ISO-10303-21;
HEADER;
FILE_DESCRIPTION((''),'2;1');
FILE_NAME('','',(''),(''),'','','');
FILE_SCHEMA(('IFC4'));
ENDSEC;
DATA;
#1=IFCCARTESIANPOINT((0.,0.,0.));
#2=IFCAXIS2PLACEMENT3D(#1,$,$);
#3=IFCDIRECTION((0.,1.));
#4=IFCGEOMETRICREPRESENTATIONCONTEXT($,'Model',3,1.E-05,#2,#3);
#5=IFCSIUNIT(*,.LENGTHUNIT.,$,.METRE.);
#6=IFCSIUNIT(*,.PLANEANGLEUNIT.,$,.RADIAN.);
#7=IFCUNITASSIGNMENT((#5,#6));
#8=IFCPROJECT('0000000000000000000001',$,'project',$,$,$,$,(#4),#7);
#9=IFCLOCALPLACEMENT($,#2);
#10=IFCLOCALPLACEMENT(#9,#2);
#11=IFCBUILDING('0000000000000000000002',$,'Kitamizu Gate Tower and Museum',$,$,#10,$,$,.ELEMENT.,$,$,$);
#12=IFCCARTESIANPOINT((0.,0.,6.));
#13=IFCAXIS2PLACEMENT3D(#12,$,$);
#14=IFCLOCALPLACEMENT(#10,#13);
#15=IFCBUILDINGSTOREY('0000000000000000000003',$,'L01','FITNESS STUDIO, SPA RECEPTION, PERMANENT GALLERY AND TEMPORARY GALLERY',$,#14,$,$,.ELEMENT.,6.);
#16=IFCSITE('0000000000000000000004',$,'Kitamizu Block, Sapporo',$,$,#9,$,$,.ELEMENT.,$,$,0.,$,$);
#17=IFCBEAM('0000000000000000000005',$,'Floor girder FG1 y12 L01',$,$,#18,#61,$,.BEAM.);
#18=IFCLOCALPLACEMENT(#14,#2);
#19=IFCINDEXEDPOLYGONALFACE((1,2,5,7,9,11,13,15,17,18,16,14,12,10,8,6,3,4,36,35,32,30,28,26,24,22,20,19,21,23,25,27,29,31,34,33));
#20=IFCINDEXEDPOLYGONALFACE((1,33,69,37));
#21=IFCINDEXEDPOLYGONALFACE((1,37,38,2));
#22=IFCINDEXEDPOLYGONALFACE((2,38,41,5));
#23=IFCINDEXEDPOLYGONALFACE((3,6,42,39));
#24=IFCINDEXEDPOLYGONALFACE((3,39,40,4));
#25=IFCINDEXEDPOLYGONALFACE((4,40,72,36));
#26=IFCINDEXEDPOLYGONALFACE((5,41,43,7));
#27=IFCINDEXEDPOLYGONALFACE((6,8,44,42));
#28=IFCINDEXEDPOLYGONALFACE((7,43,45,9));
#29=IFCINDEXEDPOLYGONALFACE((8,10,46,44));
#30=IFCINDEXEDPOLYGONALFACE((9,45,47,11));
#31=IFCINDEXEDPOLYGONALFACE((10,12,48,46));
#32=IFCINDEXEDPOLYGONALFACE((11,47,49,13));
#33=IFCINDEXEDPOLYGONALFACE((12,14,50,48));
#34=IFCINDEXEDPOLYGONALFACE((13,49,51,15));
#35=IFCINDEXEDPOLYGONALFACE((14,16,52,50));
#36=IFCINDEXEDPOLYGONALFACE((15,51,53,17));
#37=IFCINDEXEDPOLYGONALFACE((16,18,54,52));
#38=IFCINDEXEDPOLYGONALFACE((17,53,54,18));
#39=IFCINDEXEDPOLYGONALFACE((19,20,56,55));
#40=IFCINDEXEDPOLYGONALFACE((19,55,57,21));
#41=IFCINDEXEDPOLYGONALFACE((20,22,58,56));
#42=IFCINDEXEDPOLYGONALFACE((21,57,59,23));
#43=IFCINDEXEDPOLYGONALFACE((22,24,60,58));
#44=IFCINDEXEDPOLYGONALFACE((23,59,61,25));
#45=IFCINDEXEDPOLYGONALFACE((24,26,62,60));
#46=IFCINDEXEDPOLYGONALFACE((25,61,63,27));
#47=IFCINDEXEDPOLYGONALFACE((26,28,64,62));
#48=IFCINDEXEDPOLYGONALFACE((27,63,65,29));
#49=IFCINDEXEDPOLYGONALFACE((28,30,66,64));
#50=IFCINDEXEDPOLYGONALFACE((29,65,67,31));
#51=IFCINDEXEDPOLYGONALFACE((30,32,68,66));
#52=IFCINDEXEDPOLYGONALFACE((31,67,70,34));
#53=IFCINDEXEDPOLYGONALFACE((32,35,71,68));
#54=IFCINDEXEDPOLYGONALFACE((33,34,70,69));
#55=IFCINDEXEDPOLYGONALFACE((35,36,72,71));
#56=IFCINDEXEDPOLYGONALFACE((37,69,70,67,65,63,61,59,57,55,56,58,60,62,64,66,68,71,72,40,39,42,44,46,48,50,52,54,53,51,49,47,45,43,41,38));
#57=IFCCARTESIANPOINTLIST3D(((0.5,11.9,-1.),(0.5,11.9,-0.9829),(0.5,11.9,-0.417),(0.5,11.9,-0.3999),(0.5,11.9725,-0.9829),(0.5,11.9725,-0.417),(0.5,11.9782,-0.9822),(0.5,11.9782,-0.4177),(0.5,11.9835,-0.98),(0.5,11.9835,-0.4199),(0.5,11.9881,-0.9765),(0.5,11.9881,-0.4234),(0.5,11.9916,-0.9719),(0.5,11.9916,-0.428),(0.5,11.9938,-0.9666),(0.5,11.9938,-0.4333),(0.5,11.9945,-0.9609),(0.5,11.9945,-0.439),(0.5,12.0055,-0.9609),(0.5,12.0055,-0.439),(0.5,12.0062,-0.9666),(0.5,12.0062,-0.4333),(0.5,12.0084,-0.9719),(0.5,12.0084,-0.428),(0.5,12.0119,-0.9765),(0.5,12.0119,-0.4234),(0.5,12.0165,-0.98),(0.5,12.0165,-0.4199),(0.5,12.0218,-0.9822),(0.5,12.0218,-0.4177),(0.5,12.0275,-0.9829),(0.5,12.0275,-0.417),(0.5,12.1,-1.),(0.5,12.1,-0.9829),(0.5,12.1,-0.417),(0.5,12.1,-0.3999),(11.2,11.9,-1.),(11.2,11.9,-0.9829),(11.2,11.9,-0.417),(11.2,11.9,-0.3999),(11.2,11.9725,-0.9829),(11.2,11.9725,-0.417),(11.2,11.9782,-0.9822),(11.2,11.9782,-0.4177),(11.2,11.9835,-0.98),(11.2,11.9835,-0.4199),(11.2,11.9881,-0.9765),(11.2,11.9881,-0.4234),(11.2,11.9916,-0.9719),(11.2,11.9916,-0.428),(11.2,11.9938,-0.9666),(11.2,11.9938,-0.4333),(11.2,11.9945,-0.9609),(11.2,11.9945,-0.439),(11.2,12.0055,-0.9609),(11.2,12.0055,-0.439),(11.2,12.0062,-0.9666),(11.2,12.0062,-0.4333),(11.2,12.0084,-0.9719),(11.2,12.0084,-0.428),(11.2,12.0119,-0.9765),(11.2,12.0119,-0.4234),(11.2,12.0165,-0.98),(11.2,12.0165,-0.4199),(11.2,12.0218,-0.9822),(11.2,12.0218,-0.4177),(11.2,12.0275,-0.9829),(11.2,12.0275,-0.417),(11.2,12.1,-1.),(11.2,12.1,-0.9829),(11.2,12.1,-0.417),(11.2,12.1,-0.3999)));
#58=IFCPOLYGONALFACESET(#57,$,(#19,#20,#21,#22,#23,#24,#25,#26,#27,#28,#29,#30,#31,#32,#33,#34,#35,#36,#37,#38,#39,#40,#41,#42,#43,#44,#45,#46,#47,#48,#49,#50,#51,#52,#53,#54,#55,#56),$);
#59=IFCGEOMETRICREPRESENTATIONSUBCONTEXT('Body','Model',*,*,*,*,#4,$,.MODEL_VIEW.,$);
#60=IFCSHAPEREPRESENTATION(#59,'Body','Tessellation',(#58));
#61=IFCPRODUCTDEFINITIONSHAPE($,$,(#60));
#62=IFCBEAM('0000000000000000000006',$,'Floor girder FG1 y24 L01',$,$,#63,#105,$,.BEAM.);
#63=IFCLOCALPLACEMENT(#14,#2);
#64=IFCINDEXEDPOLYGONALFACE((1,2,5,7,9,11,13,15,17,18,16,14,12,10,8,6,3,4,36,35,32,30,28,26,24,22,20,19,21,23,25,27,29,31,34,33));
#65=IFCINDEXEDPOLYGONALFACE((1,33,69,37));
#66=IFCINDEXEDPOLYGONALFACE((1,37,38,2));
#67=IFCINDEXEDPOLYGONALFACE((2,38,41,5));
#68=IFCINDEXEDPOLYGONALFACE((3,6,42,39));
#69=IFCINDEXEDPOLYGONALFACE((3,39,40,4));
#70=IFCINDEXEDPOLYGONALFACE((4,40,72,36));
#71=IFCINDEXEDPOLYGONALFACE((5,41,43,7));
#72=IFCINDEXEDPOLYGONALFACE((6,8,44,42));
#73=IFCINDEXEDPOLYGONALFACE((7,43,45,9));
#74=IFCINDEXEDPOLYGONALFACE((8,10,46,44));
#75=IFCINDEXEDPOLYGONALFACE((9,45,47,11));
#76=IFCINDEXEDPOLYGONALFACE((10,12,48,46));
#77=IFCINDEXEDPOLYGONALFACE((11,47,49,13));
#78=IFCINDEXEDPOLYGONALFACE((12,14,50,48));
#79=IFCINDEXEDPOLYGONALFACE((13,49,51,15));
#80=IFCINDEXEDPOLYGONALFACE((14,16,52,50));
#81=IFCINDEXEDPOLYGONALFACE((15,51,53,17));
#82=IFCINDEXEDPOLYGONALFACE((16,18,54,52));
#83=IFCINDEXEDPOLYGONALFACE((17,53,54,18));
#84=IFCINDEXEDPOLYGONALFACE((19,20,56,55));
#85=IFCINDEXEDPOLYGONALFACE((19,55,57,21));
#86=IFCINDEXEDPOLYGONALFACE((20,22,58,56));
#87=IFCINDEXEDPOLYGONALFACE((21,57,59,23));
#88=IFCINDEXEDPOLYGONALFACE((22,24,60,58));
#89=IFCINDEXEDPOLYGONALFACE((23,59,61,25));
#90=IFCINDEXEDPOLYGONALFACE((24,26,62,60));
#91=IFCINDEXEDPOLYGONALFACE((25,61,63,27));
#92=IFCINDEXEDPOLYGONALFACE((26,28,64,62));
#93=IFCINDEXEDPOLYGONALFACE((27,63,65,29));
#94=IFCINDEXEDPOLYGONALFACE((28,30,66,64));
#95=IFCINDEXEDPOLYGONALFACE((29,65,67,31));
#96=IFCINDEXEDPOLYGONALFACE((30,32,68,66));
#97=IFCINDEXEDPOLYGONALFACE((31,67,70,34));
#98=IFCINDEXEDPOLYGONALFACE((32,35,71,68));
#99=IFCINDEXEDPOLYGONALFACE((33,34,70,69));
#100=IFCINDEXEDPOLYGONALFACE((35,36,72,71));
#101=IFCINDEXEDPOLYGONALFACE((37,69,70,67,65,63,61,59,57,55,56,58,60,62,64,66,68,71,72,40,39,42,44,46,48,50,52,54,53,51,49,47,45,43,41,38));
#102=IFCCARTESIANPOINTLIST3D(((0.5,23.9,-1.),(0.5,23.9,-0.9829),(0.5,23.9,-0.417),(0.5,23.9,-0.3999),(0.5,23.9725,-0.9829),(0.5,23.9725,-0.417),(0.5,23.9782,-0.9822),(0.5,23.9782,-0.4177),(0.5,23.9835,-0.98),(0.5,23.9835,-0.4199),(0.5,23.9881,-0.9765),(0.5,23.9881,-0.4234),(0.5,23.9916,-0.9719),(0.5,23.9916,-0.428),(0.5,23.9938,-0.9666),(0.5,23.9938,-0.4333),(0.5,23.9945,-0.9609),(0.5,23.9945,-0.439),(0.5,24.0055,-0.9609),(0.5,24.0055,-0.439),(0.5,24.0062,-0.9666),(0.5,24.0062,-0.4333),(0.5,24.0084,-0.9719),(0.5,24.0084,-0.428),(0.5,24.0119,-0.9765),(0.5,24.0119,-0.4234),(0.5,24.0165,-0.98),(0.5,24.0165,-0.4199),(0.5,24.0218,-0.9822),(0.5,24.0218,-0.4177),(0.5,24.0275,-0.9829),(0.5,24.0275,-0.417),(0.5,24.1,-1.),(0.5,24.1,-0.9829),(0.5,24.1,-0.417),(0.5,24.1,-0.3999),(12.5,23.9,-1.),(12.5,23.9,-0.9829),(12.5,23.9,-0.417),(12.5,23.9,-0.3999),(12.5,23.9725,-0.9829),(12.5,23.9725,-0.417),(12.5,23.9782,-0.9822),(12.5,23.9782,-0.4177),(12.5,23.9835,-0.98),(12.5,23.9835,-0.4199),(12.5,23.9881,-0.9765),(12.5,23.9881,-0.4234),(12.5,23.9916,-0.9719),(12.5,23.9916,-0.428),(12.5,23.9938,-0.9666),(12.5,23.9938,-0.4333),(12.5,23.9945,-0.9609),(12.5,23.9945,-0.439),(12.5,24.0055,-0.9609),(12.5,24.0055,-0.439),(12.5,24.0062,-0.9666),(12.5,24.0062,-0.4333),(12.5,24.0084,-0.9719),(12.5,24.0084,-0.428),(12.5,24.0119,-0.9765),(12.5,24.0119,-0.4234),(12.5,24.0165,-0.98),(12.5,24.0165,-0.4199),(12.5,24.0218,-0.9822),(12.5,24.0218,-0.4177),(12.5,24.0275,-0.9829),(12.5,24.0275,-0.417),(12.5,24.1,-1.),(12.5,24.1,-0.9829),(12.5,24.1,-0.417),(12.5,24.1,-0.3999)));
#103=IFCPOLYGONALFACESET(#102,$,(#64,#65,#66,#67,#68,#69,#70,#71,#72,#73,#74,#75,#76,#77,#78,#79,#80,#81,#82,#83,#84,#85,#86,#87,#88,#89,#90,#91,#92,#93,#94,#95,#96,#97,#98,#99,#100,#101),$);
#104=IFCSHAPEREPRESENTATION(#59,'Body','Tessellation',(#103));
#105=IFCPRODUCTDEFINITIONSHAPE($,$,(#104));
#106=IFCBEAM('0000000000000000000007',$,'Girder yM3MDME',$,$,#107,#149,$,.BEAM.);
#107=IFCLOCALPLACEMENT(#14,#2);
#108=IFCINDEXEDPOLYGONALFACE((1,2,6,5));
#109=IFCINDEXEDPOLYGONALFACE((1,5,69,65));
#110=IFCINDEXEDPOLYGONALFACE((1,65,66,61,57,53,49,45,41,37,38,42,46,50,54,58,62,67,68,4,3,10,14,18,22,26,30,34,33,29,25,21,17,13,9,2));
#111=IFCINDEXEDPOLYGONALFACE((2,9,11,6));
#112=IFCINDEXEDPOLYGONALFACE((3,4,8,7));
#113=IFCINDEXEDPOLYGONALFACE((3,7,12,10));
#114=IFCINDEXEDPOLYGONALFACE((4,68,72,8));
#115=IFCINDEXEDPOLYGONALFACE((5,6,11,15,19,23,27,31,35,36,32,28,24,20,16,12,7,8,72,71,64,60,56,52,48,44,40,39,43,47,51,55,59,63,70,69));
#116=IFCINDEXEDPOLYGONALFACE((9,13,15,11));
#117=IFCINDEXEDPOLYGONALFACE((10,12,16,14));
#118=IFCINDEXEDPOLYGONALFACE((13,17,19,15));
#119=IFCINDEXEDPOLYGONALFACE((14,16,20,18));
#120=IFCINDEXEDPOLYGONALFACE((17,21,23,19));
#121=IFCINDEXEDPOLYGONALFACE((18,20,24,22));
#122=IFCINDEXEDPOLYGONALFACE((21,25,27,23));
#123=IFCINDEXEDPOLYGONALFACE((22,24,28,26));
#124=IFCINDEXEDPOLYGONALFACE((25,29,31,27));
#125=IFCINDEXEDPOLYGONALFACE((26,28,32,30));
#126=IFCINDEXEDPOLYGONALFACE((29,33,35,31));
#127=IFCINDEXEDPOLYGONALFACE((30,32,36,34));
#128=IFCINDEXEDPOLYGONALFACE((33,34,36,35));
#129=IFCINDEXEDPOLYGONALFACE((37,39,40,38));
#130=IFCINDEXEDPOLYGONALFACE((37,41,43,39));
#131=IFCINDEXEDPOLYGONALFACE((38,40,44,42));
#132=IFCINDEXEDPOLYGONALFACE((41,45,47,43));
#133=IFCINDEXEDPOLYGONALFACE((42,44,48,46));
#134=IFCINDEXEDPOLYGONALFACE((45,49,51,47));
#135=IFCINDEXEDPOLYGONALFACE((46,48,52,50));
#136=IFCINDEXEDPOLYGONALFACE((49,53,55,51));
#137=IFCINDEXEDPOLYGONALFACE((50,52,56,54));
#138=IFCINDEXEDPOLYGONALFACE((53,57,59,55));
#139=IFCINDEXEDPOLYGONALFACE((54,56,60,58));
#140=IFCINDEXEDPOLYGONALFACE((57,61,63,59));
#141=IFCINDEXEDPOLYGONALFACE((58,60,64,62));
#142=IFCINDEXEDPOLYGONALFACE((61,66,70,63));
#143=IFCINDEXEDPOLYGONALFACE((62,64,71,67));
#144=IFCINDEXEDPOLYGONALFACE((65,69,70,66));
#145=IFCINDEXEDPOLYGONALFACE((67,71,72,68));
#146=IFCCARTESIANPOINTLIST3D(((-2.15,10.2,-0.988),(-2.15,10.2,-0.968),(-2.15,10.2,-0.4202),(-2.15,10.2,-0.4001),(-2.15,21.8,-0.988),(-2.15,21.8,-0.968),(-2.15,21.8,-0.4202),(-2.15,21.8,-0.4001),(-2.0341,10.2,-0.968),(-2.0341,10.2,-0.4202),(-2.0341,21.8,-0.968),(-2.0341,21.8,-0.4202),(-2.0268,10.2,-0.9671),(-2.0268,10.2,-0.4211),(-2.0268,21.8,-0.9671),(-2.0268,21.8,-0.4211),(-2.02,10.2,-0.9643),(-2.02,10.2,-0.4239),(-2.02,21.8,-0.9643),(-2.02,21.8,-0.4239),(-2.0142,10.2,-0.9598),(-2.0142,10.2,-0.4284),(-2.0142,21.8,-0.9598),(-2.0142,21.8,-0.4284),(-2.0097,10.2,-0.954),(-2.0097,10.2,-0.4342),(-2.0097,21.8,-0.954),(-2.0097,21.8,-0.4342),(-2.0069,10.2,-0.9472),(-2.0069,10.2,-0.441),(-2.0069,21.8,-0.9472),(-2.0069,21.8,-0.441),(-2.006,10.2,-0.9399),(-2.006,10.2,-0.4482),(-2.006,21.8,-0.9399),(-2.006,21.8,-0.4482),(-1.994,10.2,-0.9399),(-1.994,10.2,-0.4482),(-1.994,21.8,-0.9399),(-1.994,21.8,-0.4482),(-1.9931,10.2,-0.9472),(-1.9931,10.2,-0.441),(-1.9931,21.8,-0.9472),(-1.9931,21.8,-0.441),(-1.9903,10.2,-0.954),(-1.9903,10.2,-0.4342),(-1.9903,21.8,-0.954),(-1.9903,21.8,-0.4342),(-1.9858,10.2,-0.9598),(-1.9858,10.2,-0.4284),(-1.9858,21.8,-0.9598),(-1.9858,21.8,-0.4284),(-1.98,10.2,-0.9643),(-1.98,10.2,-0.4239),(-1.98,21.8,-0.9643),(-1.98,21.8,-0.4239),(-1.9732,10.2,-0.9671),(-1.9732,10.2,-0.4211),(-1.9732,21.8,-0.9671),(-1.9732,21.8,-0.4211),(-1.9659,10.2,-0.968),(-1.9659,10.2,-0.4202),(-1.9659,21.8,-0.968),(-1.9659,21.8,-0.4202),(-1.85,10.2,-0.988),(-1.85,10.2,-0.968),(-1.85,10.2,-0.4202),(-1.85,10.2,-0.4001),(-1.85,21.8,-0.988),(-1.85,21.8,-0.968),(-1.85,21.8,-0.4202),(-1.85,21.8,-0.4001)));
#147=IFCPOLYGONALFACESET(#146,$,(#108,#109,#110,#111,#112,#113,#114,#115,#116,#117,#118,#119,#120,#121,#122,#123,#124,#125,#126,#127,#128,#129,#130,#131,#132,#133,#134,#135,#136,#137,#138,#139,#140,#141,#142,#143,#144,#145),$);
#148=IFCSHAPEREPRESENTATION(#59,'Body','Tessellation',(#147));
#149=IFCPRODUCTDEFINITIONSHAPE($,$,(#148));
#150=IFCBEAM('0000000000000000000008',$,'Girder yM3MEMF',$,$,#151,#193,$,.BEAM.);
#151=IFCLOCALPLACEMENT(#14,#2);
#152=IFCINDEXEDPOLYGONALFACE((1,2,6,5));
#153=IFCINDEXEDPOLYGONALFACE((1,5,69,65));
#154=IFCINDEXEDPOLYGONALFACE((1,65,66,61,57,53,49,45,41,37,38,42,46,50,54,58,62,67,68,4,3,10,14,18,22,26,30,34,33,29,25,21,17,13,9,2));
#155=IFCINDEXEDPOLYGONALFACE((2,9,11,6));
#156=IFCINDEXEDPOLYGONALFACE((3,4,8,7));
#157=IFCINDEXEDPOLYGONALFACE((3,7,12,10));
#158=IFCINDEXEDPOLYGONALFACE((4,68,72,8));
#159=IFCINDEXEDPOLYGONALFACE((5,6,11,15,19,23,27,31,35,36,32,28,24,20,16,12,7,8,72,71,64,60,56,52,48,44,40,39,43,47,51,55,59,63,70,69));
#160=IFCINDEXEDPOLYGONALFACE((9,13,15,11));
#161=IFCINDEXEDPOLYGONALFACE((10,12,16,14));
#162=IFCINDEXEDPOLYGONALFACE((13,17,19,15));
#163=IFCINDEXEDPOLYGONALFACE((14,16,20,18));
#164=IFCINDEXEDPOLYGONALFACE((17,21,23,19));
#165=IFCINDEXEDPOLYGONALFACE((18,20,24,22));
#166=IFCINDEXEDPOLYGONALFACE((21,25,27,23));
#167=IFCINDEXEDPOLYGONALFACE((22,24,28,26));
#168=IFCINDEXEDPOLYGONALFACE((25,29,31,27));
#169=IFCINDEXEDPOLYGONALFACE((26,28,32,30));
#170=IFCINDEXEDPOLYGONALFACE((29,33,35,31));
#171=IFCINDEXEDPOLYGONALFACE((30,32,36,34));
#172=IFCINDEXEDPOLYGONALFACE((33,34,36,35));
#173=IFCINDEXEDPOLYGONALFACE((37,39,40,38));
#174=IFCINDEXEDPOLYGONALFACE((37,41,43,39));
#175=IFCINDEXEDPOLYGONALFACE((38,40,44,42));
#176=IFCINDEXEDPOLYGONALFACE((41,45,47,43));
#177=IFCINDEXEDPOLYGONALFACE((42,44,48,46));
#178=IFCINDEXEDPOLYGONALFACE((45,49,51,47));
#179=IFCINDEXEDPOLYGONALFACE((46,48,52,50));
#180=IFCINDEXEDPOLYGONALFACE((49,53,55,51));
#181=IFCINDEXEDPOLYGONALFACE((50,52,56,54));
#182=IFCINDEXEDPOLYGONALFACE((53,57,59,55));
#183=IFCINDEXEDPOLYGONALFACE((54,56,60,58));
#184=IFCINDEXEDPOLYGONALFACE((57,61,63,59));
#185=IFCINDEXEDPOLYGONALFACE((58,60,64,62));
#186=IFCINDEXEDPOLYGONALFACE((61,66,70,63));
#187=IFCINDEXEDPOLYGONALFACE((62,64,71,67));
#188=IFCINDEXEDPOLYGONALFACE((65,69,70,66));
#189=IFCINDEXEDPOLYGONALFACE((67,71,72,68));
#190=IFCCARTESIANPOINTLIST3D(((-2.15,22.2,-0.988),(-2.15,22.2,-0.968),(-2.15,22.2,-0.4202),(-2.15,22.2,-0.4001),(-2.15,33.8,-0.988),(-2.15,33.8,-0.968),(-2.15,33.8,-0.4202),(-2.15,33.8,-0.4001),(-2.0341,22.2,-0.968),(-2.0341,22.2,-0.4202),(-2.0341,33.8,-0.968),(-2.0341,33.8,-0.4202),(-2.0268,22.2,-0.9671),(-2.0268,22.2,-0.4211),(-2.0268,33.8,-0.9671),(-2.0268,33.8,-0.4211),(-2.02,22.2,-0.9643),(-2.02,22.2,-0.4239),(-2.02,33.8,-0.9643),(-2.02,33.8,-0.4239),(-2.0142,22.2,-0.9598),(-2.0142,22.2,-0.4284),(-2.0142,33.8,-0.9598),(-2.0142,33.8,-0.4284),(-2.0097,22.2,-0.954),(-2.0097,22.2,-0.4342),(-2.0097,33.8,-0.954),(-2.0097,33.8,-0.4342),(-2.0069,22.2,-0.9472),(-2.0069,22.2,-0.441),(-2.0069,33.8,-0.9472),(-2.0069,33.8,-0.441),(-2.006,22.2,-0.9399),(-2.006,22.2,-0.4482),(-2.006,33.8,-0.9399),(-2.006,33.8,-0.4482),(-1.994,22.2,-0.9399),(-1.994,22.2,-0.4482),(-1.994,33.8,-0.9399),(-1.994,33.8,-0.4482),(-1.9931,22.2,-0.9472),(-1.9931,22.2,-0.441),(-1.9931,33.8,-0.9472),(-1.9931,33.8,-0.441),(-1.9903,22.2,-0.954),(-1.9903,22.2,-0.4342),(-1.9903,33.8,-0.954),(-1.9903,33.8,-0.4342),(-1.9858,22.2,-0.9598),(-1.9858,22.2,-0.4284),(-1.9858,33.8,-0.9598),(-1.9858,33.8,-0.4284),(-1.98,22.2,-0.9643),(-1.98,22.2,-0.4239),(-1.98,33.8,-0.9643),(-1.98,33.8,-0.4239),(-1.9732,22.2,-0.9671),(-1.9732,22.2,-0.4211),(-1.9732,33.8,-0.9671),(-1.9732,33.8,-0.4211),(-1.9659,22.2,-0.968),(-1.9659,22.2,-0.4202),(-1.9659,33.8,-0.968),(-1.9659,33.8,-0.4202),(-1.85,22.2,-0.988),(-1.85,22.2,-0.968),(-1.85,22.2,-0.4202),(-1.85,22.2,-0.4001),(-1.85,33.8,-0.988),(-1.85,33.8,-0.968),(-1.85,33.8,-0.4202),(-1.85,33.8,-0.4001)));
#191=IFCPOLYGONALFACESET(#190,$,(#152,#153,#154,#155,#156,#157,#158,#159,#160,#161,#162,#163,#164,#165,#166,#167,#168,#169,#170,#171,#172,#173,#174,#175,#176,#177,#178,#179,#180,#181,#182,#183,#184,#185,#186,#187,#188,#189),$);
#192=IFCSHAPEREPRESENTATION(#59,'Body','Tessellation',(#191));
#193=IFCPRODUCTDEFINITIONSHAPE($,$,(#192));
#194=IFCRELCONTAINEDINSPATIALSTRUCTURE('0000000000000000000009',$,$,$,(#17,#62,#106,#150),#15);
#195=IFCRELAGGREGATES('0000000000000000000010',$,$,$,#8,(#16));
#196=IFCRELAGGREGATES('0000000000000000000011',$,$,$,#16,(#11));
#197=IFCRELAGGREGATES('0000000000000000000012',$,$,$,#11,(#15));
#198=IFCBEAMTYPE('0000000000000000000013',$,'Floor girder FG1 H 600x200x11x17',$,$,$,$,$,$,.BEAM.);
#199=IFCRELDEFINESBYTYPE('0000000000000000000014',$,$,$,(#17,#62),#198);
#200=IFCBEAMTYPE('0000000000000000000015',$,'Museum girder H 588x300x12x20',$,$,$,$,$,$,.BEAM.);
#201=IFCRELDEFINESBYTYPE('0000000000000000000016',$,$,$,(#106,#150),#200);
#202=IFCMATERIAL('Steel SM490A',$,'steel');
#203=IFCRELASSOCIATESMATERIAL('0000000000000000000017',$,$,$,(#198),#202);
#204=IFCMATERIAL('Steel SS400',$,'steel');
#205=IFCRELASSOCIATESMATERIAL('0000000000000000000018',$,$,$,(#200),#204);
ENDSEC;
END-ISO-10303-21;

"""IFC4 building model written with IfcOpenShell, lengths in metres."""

from ifc_helpers import new_model, si_unit, direction, frame, origin, origin_2d, place, context, subcontext, project, spatial, i_section, extrude, material, material_profile, profile_set, type_object, element, save


model = new_model("IFC4")

# Units and contexts
model_context = context("Model", 3, precision=1e-05, world=origin(), true_north=direction((0.0, 1.0)))
body_context = subcontext(model_context, "Body", "Model", "MODEL_VIEW")
ifc_project = project(units=[si_unit("LENGTHUNIT", "METRE"), si_unit("PLANEANGLEUNIT", "RADIAN")], contexts=[model_context])

# Site, building, storey
site_placement = place(None, origin())
site = spatial("IfcSite", under=ifc_project, at=site_placement, Name="Kitamizu Block, Sapporo", CompositionType="ELEMENT", RefElevation=0.0)
building_placement = place(site_placement, origin())
building = spatial("IfcBuilding", under=site, at=building_placement, Name="Kitamizu Gate Tower and Museum", CompositionType="ELEMENT")
storey_placement = place(building_placement, frame((0.0, 0.0, 6.0)))
storey = spatial("IfcBuildingStorey", under=building, at=storey_placement, Name="L01", Description="FITNESS STUDIO, SPA RECEPTION, PERMANENT GALLERY AND TEMPORARY GALLERY", CompositionType="ELEMENT", Elevation=6.0)

# Beams
ifc_material_1 = material(Name="Steel SM490A", Category="steel")
ifc_material_profile_1 = material_profile(ifc_material_1, i_section(OverallWidth=0.2, OverallDepth=0.6001, WebThickness=0.011, FlangeThickness=0.0171, FilletRadius=0.022, at=origin_2d()), Name="H-600x200x11x17")
ifc_profile_set_1 = profile_set([ifc_material_profile_1], Name="Steel SM490A")
beam_type_1 = type_object("IfcBeamType", Name="Floor girder FG1 H 600x200x11x17", PredefinedType="BEAM", material=ifc_profile_set_1)
beam_1_placement = place(storey_placement, frame((0.5, 12.0, -0.7), z_axis=(1.0, 0.0, 0.0), x_axis=(0.0, 1.0, 0.0)))
element("IfcBeam", 1, at=beam_1_placement, inside=storey, type_object=beam_type_1, Name="Floor girder FG1 y12 L01", PredefinedType="BEAM", context=body_context, shape_type="SweptSolid", body=[
    extrude(i_section(OverallWidth=0.2, OverallDepth=0.6001, WebThickness=0.011, FlangeThickness=0.0171, FilletRadius=0.022, at=origin_2d()), origin(), (0.0, 0.0, 1.0), 10.7),
])
beam_2_placement = place(storey_placement, frame((0.5, 24.0, -0.7), z_axis=(1.0, 0.0, 0.0), x_axis=(0.0, 1.0, 0.0)))
element("IfcBeam", 2, at=beam_2_placement, inside=storey, type_object=beam_type_1, Name="Floor girder FG1 y24 L01", PredefinedType="BEAM", context=body_context, shape_type="SweptSolid", body=[
    extrude(i_section(OverallWidth=0.2, OverallDepth=0.6001, WebThickness=0.011, FlangeThickness=0.0171, FilletRadius=0.022, at=origin_2d()), origin(), (0.0, 0.0, 1.0), 12.0),
])
ifc_material_2 = material(Name="Steel SS400", Category="steel")
ifc_material_profile_2 = material_profile(ifc_material_2, i_section(OverallWidth=0.3, OverallDepth=0.5879, WebThickness=0.012, FlangeThickness=0.02, FilletRadius=0.0281, at=origin_2d()), Name="H-588x300x12x20")
ifc_profile_set_2 = profile_set([ifc_material_profile_2], Name="Steel SS400")
beam_type_2 = type_object("IfcBeamType", Name="Museum girder H 588x300x12x20", PredefinedType="BEAM", material=ifc_profile_set_2)
for number, where, z_axis, x_axis, name in (
    (3, (-2.0, 10.2, -0.6941), (0.0, 1.0, 0.0), (-1.0, 0.0, 0.0), "Girder yM3MDME"),
    (4, (-2.0, 22.2, -0.6941), (0.0, 1.0, 0.0), (-1.0, 0.0, 0.0), "Girder yM3MEMF"),
):
    element("IfcBeam", number, at=place(storey_placement, frame(where, z_axis=z_axis, x_axis=x_axis)), inside=storey, type_object=beam_type_2, Name=name, PredefinedType="BEAM", context=body_context, shape_type="SweptSolid", body=[
        extrude(i_section(OverallWidth=0.3, OverallDepth=0.5879, WebThickness=0.012, FlangeThickness=0.02, FilletRadius=0.0281, at=origin_2d()), origin(), (0.0, 0.0, 1.0), 11.6001),
    ])

save(model, "model.ifc")
